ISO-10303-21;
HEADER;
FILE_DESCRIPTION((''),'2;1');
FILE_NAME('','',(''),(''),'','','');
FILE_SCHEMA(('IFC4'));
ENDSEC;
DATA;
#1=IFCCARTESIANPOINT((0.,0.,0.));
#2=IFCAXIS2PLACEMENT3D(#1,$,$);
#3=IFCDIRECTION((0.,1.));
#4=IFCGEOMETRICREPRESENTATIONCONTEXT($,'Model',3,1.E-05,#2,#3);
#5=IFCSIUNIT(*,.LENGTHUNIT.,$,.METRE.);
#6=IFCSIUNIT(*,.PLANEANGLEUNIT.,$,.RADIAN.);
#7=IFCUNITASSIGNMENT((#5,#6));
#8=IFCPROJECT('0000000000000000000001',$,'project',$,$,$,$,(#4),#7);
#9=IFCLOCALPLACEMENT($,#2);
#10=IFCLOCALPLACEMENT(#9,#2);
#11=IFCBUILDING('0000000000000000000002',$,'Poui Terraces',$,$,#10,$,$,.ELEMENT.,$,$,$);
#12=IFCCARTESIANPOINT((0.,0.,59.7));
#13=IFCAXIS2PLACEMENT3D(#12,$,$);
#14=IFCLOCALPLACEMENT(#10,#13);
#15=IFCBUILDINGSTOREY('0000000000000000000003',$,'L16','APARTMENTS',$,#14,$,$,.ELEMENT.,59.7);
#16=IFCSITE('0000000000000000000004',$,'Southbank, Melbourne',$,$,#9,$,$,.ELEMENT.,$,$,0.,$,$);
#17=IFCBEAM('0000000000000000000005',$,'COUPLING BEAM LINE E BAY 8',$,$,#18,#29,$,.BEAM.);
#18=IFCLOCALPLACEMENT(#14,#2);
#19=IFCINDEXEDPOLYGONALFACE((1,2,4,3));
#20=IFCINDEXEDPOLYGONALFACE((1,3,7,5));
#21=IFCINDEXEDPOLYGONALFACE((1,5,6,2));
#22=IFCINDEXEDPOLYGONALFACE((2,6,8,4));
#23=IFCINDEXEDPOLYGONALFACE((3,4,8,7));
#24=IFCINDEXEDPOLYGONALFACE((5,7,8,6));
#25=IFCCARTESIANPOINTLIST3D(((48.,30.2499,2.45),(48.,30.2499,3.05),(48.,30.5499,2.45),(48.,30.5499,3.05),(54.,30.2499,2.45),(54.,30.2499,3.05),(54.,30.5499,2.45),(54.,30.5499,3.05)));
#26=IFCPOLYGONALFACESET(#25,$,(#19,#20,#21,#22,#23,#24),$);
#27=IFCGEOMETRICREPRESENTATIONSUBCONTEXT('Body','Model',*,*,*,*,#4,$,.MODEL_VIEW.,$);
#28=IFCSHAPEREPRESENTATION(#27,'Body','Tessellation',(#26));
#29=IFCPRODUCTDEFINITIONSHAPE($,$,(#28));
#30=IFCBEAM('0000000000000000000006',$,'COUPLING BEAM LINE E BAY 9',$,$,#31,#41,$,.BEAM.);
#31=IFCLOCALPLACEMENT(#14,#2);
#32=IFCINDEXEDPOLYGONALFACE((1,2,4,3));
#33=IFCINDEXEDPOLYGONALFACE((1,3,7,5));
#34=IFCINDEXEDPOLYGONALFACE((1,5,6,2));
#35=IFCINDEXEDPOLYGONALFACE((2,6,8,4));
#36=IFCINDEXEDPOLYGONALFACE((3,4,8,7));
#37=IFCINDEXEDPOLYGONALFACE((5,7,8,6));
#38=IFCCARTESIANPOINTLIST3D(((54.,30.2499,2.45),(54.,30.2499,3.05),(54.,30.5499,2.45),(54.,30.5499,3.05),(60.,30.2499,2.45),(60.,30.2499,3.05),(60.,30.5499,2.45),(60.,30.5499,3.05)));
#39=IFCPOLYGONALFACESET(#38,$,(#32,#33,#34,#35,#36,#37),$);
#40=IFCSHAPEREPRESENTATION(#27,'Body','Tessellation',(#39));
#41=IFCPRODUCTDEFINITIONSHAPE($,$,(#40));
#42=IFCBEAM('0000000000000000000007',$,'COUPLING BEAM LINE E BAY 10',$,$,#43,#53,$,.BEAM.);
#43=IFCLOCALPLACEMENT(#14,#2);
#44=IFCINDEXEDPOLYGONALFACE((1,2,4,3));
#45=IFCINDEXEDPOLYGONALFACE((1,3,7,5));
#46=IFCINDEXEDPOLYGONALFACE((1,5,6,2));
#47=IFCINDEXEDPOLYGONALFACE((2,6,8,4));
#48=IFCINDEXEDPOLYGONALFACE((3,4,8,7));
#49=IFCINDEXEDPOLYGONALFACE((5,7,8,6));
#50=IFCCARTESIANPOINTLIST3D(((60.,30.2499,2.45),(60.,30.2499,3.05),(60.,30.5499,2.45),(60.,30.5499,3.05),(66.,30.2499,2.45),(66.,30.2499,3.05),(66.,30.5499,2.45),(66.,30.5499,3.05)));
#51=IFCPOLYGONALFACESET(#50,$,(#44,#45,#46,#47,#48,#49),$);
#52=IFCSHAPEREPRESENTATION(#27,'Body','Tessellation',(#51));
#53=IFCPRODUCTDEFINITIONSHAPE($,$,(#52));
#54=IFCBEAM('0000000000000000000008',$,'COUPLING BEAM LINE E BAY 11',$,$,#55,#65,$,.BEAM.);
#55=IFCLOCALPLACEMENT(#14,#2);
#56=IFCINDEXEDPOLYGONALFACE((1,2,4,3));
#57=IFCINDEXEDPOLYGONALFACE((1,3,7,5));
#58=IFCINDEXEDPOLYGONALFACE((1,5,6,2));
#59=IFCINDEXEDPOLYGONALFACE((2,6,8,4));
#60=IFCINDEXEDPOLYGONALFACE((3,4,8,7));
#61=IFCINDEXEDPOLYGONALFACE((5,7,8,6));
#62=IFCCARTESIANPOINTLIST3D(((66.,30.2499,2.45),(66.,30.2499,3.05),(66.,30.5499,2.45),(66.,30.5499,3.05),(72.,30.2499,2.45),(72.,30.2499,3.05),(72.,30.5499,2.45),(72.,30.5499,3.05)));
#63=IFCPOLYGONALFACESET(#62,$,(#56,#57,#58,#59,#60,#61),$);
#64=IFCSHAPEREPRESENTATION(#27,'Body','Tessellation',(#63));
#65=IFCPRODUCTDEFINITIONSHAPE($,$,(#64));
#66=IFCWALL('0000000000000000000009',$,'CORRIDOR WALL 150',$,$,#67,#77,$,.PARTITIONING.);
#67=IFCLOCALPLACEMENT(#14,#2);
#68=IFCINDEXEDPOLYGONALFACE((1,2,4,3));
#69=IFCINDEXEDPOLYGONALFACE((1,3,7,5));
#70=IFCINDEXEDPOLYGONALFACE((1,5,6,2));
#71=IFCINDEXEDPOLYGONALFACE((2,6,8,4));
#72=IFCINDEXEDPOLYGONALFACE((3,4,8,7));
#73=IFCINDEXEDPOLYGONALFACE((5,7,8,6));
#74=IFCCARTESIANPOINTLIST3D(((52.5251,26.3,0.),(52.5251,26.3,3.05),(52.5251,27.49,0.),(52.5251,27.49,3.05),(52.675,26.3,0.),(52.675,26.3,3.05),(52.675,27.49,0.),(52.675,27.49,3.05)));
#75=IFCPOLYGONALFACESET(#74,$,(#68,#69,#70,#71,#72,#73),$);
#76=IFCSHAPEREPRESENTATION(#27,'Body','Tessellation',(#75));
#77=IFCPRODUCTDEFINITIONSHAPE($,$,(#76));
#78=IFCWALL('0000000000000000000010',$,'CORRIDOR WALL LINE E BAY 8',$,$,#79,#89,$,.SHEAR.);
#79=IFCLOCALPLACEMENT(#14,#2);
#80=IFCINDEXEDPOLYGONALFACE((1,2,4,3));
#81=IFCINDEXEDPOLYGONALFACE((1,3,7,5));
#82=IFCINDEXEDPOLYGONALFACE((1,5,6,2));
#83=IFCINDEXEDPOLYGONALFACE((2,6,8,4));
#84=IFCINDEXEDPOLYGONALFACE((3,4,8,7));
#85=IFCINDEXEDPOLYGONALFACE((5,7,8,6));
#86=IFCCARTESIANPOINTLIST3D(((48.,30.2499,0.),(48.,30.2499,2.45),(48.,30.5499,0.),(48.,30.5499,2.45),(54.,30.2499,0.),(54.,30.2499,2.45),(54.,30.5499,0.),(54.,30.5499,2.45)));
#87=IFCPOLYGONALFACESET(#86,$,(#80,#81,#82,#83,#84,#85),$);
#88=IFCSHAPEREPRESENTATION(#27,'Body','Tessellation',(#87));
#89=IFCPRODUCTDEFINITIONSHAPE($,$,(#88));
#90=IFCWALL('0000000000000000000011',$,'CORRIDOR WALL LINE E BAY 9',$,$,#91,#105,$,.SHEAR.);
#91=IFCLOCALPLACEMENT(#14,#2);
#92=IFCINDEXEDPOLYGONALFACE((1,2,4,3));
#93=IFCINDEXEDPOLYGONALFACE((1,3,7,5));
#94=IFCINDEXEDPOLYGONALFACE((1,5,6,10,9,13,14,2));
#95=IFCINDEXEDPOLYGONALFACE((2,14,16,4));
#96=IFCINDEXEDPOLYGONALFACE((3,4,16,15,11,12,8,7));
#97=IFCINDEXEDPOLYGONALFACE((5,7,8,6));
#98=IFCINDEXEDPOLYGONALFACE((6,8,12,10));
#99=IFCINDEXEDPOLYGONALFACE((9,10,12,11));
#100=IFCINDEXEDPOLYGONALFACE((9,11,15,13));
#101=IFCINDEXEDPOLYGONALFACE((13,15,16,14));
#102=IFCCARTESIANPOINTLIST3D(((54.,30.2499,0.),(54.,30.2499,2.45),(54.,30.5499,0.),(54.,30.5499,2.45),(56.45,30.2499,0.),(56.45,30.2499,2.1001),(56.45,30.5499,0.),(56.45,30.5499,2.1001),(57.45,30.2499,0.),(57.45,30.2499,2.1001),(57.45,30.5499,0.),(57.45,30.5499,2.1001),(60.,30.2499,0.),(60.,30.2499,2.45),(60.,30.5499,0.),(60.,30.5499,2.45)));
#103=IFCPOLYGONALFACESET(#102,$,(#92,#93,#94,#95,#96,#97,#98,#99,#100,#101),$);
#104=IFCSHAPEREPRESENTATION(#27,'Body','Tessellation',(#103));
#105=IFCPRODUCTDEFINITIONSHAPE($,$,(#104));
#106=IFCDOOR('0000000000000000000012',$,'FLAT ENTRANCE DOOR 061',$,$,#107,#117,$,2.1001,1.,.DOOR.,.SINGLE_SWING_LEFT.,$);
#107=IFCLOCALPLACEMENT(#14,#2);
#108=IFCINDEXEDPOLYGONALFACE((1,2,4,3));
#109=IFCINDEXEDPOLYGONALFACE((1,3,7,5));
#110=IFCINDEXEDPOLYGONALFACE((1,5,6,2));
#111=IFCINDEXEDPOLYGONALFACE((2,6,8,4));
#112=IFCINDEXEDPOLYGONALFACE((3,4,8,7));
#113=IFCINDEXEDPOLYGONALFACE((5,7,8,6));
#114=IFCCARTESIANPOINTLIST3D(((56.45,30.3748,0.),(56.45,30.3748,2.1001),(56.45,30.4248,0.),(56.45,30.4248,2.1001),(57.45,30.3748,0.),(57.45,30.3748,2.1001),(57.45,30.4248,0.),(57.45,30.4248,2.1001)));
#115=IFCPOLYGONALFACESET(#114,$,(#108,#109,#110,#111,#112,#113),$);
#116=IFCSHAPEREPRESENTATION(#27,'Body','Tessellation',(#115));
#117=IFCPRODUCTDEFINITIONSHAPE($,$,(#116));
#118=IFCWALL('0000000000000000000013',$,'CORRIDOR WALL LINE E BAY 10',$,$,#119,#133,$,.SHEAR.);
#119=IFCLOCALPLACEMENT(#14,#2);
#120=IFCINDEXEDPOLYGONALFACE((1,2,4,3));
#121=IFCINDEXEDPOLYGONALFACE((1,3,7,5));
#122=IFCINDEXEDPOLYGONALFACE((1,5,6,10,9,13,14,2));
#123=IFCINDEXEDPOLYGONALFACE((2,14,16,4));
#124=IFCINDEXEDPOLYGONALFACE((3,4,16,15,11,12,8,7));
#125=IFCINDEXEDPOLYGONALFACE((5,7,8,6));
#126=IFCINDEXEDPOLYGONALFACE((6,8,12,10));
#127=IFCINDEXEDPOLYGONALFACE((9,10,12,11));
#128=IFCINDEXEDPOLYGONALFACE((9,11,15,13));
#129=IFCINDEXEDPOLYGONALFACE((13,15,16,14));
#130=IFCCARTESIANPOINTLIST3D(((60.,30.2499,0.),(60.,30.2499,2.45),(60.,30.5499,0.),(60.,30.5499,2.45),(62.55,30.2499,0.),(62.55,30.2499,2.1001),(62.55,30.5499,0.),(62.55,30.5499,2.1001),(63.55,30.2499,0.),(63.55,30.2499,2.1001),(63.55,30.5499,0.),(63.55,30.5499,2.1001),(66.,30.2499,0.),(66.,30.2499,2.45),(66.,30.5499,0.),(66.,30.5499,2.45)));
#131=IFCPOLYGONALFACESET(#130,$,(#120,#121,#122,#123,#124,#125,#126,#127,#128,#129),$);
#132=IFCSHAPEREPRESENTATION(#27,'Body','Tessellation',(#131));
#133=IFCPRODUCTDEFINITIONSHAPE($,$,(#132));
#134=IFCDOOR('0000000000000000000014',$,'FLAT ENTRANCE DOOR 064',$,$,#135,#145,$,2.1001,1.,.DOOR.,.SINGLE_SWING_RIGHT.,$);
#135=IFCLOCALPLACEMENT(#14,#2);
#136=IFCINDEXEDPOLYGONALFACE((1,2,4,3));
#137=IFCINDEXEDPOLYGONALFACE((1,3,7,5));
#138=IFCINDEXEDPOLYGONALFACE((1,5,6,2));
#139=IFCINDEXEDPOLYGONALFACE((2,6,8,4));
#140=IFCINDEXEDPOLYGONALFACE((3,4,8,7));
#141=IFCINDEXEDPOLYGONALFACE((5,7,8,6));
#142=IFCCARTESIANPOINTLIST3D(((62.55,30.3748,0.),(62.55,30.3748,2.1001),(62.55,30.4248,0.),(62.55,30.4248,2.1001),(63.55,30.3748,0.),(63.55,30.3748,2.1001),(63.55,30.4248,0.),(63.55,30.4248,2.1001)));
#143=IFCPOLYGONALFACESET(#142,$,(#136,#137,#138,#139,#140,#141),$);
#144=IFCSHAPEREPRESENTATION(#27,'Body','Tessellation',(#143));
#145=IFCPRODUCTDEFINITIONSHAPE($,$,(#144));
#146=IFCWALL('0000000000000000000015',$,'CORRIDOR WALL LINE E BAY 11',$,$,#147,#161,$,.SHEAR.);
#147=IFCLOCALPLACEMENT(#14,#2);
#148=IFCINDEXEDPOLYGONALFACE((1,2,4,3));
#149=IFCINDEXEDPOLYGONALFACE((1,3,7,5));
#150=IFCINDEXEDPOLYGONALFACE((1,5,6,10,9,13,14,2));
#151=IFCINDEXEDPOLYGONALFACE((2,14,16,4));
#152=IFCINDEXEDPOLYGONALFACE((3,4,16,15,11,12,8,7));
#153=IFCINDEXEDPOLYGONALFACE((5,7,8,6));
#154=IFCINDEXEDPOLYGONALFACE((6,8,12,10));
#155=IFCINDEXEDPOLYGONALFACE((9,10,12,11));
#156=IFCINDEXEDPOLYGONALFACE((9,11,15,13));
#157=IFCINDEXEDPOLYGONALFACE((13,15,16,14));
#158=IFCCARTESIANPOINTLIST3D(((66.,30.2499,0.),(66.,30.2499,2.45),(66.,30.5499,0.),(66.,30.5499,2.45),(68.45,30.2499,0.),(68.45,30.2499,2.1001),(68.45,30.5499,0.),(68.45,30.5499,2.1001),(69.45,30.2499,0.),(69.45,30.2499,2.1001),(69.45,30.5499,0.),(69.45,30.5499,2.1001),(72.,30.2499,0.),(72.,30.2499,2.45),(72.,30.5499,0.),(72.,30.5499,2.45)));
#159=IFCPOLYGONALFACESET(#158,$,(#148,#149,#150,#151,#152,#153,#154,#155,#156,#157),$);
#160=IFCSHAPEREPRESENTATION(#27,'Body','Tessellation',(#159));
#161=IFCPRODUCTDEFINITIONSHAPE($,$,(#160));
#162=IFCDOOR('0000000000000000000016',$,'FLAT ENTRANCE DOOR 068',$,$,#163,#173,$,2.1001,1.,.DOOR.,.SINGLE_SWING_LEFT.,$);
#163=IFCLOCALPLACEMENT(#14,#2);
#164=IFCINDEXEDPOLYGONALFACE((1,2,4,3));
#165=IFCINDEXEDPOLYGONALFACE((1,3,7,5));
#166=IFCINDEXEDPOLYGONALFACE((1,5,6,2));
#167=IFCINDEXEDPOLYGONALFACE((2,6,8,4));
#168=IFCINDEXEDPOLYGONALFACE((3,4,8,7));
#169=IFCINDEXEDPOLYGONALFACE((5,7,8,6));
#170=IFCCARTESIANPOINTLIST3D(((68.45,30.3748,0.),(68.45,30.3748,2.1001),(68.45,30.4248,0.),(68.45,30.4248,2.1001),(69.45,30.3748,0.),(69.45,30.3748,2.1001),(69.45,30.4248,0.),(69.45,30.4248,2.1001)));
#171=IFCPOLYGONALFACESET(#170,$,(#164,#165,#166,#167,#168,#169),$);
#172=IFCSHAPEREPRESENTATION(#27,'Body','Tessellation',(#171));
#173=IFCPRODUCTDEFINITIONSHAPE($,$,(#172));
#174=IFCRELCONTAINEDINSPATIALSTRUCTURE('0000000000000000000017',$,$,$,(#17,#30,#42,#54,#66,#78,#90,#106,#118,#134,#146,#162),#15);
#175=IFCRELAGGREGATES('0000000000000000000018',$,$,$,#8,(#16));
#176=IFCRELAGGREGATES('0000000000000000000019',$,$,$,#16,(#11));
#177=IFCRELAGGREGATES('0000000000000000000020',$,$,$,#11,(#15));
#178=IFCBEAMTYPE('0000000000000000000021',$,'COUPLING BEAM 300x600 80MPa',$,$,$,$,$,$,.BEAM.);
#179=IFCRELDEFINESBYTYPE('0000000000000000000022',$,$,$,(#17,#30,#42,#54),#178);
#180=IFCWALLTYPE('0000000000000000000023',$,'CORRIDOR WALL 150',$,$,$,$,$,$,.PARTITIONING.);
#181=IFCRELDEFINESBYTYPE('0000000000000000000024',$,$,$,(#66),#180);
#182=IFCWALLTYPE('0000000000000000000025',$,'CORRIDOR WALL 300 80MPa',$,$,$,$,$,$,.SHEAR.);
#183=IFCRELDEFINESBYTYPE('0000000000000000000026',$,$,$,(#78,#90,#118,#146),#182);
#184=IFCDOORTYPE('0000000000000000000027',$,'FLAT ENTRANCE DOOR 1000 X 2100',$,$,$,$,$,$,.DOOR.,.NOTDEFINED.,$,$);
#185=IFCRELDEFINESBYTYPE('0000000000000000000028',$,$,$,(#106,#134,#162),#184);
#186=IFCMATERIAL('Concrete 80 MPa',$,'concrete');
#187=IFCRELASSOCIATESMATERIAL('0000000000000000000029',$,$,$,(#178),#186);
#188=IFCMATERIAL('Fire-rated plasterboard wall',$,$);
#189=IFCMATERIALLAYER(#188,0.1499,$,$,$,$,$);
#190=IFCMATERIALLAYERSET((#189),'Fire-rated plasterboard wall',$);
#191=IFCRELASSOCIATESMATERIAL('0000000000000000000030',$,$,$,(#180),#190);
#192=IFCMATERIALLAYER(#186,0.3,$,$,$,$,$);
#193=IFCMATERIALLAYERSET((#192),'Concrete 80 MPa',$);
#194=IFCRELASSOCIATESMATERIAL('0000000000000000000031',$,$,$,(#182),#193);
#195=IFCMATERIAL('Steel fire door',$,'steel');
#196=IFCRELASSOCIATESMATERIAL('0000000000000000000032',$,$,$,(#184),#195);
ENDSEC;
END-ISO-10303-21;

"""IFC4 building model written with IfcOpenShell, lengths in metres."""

from ifc_helpers import new_model, si_unit, direction, frame, frame_2d, origin, origin_2d, place, context, subcontext, project, spatial, rectangle, extrude, source, transform, mapped, material, layer, layer_set, material_profile, profile_set, type_object, element, fill, save


model = new_model("IFC4")

# Units and contexts
model_context = context("Model", 3, precision=1e-05, world=origin(), true_north=direction((0.0, 1.0)))
body_context = subcontext(model_context, "Body", "Model", "MODEL_VIEW")
ifc_project = project(units=[si_unit("LENGTHUNIT", "METRE"), si_unit("PLANEANGLEUNIT", "RADIAN")], contexts=[model_context])

# Site, building, storey
site_placement = place(None, origin())
site = spatial("IfcSite", under=ifc_project, at=site_placement, Name="Southbank, Melbourne", CompositionType="ELEMENT", RefElevation=0.0)
building_placement = place(site_placement, origin())
building = spatial("IfcBuilding", under=site, at=building_placement, Name="Poui Terraces", CompositionType="ELEMENT")
storey_placement = place(building_placement, frame((0.0, 0.0, 59.7)))
storey = spatial("IfcBuildingStorey", under=building, at=storey_placement, Name="L16", Description="APARTMENTS", CompositionType="ELEMENT", Elevation=59.7)

# Beams
ifc_material_1 = material(Name="Concrete 80 MPa", Category="concrete")
ifc_material_profile = material_profile(ifc_material_1, rectangle(XDim=0.3, YDim=0.6001, at=origin_2d()), Name="RC 300x600")
ifc_profile_set = profile_set([ifc_material_profile], Name="Concrete 80 MPa")
beam_type = type_object("IfcBeamType", Name="COUPLING BEAM 300x600 80MPa", PredefinedType="BEAM", material=ifc_profile_set)
shared_shape = source(origin(), body_context, "Body", "SweptSolid", [
    extrude(rectangle(XDim=0.3, YDim=0.6001, at=origin_2d()), origin(), (0.0, 0.0, 1.0), 6.0),
])
for number, where, z_axis, x_axis, name in (
    (1, (48.0, 30.3999, 2.75), (1.0, 0.0, 0.0), (0.0, 1.0, 0.0), "COUPLING BEAM LINE E BAY 8"),
    (2, (54.0, 30.3999, 2.75), (1.0, 0.0, 0.0), (0.0, 1.0, 0.0), "COUPLING BEAM LINE E BAY 9"),
    (3, (60.0, 30.3999, 2.75), (1.0, 0.0, 0.0), (0.0, 1.0, 0.0), "COUPLING BEAM LINE E BAY 10"),
    (4, (66.0, 30.3999, 2.75), (1.0, 0.0, 0.0), (0.0, 1.0, 0.0), "COUPLING BEAM LINE E BAY 11"),
):
    element("IfcBeam", number, at=place(storey_placement, frame(where, z_axis=z_axis, x_axis=x_axis)), inside=storey, type_object=beam_type, Name=name, PredefinedType="BEAM", context=body_context, shape_type="MappedRepresentation", body=[
        mapped(shared_shape, transform((0.0, 0.0, 0.0))),
    ])

# Walls
ifc_material_2 = material(Name="Fire-rated plasterboard wall")
ifc_layer_1 = layer(ifc_material_2, 0.1499)
ifc_layer_set_1 = layer_set([ifc_layer_1], Name="Fire-rated plasterboard wall")
wall_type_1 = type_object("IfcWallType", Name="CORRIDOR WALL 150", PredefinedType="PARTITIONING", material=ifc_layer_set_1)
wall_1_placement = place(storey_placement, frame((52.6001, 26.3, 0.0), z_axis=(0.0, 0.0, 1.0), x_axis=(0.0, 1.0, 0.0)))
element("IfcWall", 5, at=wall_1_placement, inside=storey, type_object=wall_type_1, Name="CORRIDOR WALL 150", PredefinedType="PARTITIONING", context=body_context, shape_type="SweptSolid", body=[
    extrude(rectangle(XDim=1.1899, YDim=0.1499, at=frame_2d((0.595, 0.0))), origin(), (0.0, 0.0, 1.0), 3.05),
])
ifc_layer_2 = layer(ifc_material_1, 0.3)
ifc_layer_set_2 = layer_set([ifc_layer_2], Name="Concrete 80 MPa")
wall_type_2 = type_object("IfcWallType", Name="CORRIDOR WALL 300 80MPa", PredefinedType="SHEAR", material=ifc_layer_set_2)
wall_2_placement = place(storey_placement, frame((48.0, 30.3999, 0.0), z_axis=(0.0, 0.0, 1.0), x_axis=(1.0, 0.0, 0.0)))
element("IfcWall", 6, at=wall_2_placement, inside=storey, type_object=wall_type_2, Name="CORRIDOR WALL LINE E BAY 8", PredefinedType="SHEAR", context=body_context, shape_type="SweptSolid", body=[
    extrude(rectangle(XDim=6.0, YDim=0.3, at=frame_2d((3.0, 0.0))), origin(), (0.0, 0.0, 1.0), 2.45),
])

# Walls, openings, doors
wall_3_placement = place(storey_placement, frame((54.0, 30.3999, 0.0), z_axis=(0.0, 0.0, 1.0), x_axis=(1.0, 0.0, 0.0)))
wall_3 = element("IfcWall", 7, at=wall_3_placement, inside=storey, type_object=wall_type_2, Name="CORRIDOR WALL LINE E BAY 9", PredefinedType="SHEAR", context=body_context, shape_type="SweptSolid", body=[
    extrude(rectangle(XDim=6.0, YDim=0.3, at=frame_2d((3.0, 0.0))), origin(), (0.0, 0.0, 1.0), 2.45),
])
opening_1_placement = place(wall_3_placement, frame((2.45, 0.0, 0.0)))
opening_1 = element("IfcOpeningElement", 8, at=opening_1_placement, cuts=wall_3, PredefinedType="OPENING", context=body_context, shape_type="SweptSolid", body=[
    extrude(rectangle(XDim=1.0, YDim=2.1001, at=frame_2d((0.5, 1.05))), frame((0.0, 0.1602, 0.0), z_axis=(0.0, -1.0, 0.0), x_axis=(1.0, 0.0, 0.0)), (0.0, 0.0, 1.0), 0.3201),
])
ifc_material_3 = material(Name="Steel fire door", Category="steel")
door_type_1 = type_object("IfcDoorType", Name="FLAT ENTRANCE DOOR 1000 X 2100", OperationType="NOTDEFINED", PredefinedType="DOOR", material=ifc_material_3)
door_1_placement = place(opening_1_placement, origin())
door_1 = element("IfcDoor", 9, at=door_1_placement, inside=storey, type_object=door_type_1, Name="FLAT ENTRANCE DOOR 061", OperationType="SINGLE_SWING_LEFT", OverallHeight=2.1001, OverallWidth=1.0, PredefinedType="DOOR", context=body_context, shape_type="SweptSolid", body=[
    extrude(rectangle(XDim=1.0, YDim=2.1001, at=frame_2d((0.5, 1.05))), frame((0.0, 0.0249, 0.0), z_axis=(0.0, -1.0, 0.0), x_axis=(1.0, 0.0, 0.0)), (0.0, 0.0, 1.0), 0.05),
])
fill(opening_1, door_1)
wall_4_placement = place(storey_placement, frame((60.0, 30.3999, 0.0), z_axis=(0.0, 0.0, 1.0), x_axis=(1.0, 0.0, 0.0)))
wall_4 = element("IfcWall", 10, at=wall_4_placement, inside=storey, type_object=wall_type_2, Name="CORRIDOR WALL LINE E BAY 10", PredefinedType="SHEAR", context=body_context, shape_type="SweptSolid", body=[
    extrude(rectangle(XDim=6.0, YDim=0.3, at=frame_2d((3.0, 0.0))), origin(), (0.0, 0.0, 1.0), 2.45),
])
opening_2_placement = place(wall_4_placement, frame((2.55, 0.0, 0.0)))
opening_2 = element("IfcOpeningElement", 11, at=opening_2_placement, cuts=wall_4, PredefinedType="OPENING", context=body_context, shape_type="SweptSolid", body=[
    extrude(rectangle(XDim=1.0, YDim=2.1001, at=frame_2d((0.5, 1.05))), frame((0.0, 0.1602, 0.0), z_axis=(0.0, -1.0, 0.0), x_axis=(1.0, 0.0, 0.0)), (0.0, 0.0, 1.0), 0.3201),
])
door_2_placement = place(opening_2_placement, origin())
door_2 = element("IfcDoor", 12, at=door_2_placement, inside=storey, type_object=door_type_1, Name="FLAT ENTRANCE DOOR 064", OperationType="SINGLE_SWING_RIGHT", OverallHeight=2.1001, OverallWidth=1.0, PredefinedType="DOOR", context=body_context, shape_type="SweptSolid", body=[
    extrude(rectangle(XDim=1.0, YDim=2.1001, at=frame_2d((0.5, 1.05))), frame((0.0, 0.0249, 0.0), z_axis=(0.0, -1.0, 0.0), x_axis=(1.0, 0.0, 0.0)), (0.0, 0.0, 1.0), 0.05),
])
fill(opening_2, door_2)
wall_5_placement = place(storey_placement, frame((66.0, 30.3999, 0.0), z_axis=(0.0, 0.0, 1.0), x_axis=(1.0, 0.0, 0.0)))
wall_5 = element("IfcWall", 13, at=wall_5_placement, inside=storey, type_object=wall_type_2, Name="CORRIDOR WALL LINE E BAY 11", PredefinedType="SHEAR", context=body_context, shape_type="SweptSolid", body=[
    extrude(rectangle(XDim=6.0, YDim=0.3, at=frame_2d((3.0, 0.0))), origin(), (0.0, 0.0, 1.0), 2.45),
])
opening_3_placement = place(wall_5_placement, frame((2.45, 0.0, 0.0)))
opening_3 = element("IfcOpeningElement", 14, at=opening_3_placement, cuts=wall_5, PredefinedType="OPENING", context=body_context, shape_type="SweptSolid", body=[
    extrude(rectangle(XDim=1.0, YDim=2.1001, at=frame_2d((0.5, 1.05))), frame((0.0, 0.1602, 0.0), z_axis=(0.0, -1.0, 0.0), x_axis=(1.0, 0.0, 0.0)), (0.0, 0.0, 1.0), 0.3201),
])
door_3_placement = place(opening_3_placement, origin())
door_3 = element("IfcDoor", 15, at=door_3_placement, inside=storey, type_object=door_type_1, Name="FLAT ENTRANCE DOOR 068", OperationType="SINGLE_SWING_LEFT", OverallHeight=2.1001, OverallWidth=1.0, PredefinedType="DOOR", context=body_context, shape_type="SweptSolid", body=[
    extrude(rectangle(XDim=1.0, YDim=2.1001, at=frame_2d((0.5, 1.05))), frame((0.0, 0.0249, 0.0), z_axis=(0.0, -1.0, 0.0), x_axis=(1.0, 0.0, 0.0)), (0.0, 0.0, 1.0), 0.05),
])
fill(opening_3, door_3)

save(model, "model.ifc")
